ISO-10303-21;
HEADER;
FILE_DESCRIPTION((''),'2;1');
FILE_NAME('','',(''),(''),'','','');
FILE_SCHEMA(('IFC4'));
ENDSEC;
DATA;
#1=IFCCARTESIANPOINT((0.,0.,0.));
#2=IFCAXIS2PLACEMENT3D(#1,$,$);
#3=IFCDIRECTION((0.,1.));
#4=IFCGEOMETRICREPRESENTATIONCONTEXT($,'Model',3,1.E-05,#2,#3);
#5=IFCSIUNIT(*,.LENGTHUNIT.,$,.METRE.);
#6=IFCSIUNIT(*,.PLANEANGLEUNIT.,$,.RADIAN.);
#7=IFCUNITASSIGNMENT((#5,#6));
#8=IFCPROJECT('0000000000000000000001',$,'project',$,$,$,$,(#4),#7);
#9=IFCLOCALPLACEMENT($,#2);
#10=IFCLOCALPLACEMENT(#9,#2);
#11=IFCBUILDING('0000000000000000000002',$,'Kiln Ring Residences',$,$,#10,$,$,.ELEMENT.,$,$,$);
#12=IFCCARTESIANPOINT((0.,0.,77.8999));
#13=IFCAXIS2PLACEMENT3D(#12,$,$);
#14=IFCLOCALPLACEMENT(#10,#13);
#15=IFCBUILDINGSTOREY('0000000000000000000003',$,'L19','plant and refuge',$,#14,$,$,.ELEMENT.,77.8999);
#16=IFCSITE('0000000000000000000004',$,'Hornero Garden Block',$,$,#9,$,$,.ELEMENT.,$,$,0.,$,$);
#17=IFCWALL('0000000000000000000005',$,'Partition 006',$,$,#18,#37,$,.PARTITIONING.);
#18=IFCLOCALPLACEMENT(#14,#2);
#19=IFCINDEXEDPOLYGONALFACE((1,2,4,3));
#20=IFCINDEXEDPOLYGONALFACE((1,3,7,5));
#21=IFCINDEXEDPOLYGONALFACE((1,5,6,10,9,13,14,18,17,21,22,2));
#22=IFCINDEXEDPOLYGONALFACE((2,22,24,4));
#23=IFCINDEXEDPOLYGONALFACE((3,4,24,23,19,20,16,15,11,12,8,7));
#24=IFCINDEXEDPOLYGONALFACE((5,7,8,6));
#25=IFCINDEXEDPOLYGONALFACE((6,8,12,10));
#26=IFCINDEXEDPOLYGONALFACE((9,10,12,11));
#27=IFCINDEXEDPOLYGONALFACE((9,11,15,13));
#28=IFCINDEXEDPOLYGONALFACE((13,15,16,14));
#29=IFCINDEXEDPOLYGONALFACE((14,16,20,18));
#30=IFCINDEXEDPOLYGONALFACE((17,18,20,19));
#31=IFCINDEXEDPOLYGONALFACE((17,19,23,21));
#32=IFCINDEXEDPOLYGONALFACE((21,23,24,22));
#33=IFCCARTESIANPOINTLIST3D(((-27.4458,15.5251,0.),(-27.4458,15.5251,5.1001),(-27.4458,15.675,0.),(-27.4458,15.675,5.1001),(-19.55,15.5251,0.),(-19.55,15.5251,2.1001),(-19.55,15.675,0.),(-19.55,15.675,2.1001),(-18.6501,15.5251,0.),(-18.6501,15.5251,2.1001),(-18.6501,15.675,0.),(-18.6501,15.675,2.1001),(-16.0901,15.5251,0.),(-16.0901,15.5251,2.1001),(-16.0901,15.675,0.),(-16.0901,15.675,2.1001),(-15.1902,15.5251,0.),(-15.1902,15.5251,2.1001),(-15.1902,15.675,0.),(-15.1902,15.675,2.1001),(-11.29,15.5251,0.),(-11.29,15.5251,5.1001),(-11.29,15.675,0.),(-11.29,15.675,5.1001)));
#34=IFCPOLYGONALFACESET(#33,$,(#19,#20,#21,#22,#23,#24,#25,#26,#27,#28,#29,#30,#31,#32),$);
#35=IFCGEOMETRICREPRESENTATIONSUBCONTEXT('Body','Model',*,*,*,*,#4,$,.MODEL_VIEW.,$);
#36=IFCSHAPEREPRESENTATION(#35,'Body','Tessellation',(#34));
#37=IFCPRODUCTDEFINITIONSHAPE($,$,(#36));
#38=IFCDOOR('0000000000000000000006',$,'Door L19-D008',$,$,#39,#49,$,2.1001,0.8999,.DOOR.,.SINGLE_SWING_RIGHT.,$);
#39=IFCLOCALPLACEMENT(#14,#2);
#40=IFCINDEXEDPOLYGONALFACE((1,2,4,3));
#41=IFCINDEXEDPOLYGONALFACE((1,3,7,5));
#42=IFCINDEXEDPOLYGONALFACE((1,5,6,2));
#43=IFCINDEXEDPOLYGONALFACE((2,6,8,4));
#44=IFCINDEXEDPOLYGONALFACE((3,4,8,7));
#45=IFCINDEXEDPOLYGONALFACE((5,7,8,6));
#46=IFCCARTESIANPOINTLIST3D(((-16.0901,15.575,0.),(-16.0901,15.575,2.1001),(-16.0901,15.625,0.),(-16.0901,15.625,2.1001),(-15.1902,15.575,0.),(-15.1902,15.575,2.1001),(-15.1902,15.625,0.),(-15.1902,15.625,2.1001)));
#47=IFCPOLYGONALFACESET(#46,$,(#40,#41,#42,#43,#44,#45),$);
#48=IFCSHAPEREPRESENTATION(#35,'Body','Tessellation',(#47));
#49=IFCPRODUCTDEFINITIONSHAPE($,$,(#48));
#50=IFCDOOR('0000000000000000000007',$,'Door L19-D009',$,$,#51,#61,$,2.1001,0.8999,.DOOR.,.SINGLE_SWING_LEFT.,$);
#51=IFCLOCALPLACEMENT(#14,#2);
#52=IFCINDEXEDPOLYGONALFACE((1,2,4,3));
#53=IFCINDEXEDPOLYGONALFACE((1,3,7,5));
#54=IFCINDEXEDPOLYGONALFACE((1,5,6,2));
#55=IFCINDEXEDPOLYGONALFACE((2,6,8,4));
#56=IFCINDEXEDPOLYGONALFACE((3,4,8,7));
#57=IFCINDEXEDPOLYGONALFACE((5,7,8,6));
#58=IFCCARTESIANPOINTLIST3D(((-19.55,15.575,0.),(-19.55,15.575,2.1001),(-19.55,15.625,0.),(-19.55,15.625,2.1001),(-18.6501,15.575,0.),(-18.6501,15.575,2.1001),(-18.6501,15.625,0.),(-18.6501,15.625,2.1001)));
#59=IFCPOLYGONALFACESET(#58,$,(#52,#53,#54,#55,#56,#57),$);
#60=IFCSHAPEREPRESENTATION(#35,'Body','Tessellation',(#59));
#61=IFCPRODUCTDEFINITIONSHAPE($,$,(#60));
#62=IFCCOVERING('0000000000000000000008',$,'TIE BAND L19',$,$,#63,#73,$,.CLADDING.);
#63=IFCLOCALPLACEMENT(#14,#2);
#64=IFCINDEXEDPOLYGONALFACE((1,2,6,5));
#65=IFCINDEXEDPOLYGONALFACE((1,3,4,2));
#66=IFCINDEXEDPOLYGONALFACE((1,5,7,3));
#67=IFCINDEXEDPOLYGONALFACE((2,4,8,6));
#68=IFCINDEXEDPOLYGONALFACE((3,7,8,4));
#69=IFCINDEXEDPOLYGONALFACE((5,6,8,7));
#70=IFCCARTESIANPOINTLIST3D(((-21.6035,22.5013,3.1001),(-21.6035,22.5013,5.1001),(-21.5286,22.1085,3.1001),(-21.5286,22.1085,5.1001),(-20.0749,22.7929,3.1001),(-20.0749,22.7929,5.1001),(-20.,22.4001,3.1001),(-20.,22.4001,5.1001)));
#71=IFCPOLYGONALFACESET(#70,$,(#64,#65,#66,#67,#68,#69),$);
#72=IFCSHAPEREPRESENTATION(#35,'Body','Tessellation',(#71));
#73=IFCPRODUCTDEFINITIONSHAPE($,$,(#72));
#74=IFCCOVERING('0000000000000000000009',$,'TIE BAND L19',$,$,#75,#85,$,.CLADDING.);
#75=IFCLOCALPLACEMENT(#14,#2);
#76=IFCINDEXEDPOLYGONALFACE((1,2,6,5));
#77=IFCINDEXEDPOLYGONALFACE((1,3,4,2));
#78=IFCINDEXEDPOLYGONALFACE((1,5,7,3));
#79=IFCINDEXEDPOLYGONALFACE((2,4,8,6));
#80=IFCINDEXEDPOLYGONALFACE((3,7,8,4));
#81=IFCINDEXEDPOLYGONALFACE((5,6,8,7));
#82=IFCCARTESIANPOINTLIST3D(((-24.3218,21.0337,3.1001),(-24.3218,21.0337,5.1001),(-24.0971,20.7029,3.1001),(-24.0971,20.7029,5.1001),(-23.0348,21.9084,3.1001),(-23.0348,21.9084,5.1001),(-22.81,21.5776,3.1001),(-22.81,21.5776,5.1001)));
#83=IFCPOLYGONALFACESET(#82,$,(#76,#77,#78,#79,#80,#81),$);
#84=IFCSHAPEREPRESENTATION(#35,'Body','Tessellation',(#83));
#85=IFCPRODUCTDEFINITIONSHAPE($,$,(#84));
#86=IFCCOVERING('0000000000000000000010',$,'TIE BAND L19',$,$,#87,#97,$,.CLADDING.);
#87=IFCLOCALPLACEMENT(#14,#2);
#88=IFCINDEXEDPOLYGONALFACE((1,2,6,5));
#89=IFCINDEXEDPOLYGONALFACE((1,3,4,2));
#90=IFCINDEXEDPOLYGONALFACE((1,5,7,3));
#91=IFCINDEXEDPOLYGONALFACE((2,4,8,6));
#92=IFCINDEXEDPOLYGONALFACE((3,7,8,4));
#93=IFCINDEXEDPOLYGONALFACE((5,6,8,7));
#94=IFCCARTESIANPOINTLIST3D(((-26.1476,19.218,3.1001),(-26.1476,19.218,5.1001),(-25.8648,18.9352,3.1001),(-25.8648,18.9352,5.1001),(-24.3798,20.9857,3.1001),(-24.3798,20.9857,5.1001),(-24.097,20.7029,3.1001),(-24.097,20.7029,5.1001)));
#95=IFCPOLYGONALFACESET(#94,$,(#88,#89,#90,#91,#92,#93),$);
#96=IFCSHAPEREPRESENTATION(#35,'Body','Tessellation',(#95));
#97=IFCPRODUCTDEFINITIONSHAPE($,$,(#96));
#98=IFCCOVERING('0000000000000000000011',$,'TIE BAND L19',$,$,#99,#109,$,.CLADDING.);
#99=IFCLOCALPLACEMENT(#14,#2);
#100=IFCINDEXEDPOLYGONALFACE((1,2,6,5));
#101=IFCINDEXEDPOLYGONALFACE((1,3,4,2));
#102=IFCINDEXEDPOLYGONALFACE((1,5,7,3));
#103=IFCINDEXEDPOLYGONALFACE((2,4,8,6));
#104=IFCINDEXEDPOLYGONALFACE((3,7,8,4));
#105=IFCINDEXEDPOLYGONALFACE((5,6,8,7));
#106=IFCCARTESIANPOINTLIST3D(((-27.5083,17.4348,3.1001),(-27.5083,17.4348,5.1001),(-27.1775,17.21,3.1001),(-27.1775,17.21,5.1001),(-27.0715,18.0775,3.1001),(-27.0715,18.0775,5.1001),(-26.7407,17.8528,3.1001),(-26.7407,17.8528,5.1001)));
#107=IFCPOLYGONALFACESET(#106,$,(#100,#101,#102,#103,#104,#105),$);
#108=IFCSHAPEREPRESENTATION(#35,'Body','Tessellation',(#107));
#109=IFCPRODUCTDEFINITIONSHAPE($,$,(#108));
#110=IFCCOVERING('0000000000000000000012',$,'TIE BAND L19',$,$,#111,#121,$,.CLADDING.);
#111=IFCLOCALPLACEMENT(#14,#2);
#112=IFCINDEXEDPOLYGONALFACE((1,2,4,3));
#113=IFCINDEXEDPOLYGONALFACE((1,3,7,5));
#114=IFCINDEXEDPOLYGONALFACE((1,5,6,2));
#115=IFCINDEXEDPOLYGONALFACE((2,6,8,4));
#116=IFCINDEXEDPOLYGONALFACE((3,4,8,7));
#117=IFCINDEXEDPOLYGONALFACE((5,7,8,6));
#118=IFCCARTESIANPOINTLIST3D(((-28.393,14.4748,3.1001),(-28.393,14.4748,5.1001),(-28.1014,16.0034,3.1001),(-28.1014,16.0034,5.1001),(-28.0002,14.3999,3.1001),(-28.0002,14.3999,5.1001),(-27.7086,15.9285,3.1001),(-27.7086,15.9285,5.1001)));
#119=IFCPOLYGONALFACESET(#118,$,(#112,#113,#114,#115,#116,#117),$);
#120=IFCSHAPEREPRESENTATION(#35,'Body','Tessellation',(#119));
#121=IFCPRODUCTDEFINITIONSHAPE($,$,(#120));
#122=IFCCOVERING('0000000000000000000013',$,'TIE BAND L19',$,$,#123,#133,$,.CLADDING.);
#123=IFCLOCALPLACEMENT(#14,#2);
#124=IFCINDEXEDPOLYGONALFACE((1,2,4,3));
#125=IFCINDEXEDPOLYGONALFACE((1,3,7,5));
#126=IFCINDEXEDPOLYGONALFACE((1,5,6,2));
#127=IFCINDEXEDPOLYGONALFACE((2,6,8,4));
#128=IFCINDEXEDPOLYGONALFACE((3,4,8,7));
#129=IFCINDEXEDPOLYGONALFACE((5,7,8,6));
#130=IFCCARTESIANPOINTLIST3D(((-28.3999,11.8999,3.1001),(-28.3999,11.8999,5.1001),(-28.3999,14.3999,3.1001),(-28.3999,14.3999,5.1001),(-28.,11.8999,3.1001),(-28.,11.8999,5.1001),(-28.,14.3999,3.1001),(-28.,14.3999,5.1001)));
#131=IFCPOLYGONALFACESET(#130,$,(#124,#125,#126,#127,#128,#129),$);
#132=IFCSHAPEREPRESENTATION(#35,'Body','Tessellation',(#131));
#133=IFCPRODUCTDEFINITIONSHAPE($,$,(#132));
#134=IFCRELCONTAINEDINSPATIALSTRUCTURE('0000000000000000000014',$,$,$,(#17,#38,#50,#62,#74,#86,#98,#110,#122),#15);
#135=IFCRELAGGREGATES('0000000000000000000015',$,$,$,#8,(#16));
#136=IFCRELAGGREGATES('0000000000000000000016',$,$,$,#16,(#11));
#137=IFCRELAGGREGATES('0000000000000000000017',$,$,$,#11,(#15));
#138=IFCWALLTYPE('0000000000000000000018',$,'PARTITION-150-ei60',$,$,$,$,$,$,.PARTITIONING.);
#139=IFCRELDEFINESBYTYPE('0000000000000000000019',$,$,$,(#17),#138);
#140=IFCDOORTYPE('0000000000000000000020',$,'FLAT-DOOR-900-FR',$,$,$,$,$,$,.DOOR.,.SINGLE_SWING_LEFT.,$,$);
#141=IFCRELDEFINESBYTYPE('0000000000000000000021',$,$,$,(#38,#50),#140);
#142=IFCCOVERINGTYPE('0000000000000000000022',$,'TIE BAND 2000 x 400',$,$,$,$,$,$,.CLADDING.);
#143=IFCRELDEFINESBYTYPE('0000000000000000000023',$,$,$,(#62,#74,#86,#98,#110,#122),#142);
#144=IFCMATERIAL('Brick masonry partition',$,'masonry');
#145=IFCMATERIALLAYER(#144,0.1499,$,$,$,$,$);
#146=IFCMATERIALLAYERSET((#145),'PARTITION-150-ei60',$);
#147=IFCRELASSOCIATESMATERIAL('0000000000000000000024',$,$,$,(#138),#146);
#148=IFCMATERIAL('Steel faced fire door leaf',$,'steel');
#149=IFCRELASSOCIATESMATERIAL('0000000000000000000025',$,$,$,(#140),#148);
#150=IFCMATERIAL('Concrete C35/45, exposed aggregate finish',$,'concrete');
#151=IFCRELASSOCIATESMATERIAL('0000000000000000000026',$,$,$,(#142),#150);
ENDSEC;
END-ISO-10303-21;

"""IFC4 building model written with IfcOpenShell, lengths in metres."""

from ifc_helpers import new_model, si_unit, direction, frame, frame_2d, origin, origin_2d, place, context, subcontext, project, spatial, rectangle, extrude, material, layer, layer_set, type_object, element, fill, save


model = new_model("IFC4")

# Units and contexts
model_context = context("Model", 3, precision=1e-05, world=origin(), true_north=direction((0.0, 1.0)))
body_context = subcontext(model_context, "Body", "Model", "MODEL_VIEW")
ifc_project = project(units=[si_unit("LENGTHUNIT", "METRE"), si_unit("PLANEANGLEUNIT", "RADIAN")], contexts=[model_context])

# Site, building, storey
site_placement = place(None, origin())
site = spatial("IfcSite", under=ifc_project, at=site_placement, Name="Hornero Garden Block", CompositionType="ELEMENT", RefElevation=0.0)
building_placement = place(site_placement, origin())
building = spatial("IfcBuilding", under=site, at=building_placement, Name="Kiln Ring Residences", CompositionType="ELEMENT")
storey_placement = place(building_placement, frame((0.0, 0.0, 77.8999)))
storey = spatial("IfcBuildingStorey", under=building, at=storey_placement, Name="L19", Description="plant and refuge", CompositionType="ELEMENT", Elevation=77.8999)

# Wall, openings, doors
ifc_material_1 = material(Name="Brick masonry partition", Category="masonry")
ifc_layer_1 = layer(ifc_material_1, 0.1499)
ifc_layer_set_1 = layer_set([ifc_layer_1], Name="PARTITION-150-ei60")
wall_type_1 = type_object("IfcWallType", Name="PARTITION-150-ei60", PredefinedType="PARTITIONING", material=ifc_layer_set_1)
wall_1_placement = place(storey_placement, frame((-27.4458, 15.6001, 0.0), z_axis=(0.0, 0.0, 1.0), x_axis=(1.0, 0.0, 0.0)))
wall_1 = element("IfcWall", 1, at=wall_1_placement, inside=storey, type_object=wall_type_1, Name="Partition 006", PredefinedType="PARTITIONING", context=body_context, shape_type="SweptSolid", body=[
    extrude(rectangle(XDim=16.1558, YDim=0.1499, at=frame_2d((8.0779, 0.0))), origin(), (0.0, 0.0, 1.0), 5.1001),
])
opening_1_placement = place(wall_1_placement, frame((11.3557, 0.0, 0.0)))
opening_1 = element("IfcOpeningElement", 2, at=opening_1_placement, cuts=wall_1, PredefinedType="OPENING", context=body_context, shape_type="SweptSolid", body=[
    extrude(rectangle(XDim=0.8999, YDim=2.1001, at=frame_2d((0.45, 1.05))), frame((0.0, 0.085, 0.0), z_axis=(0.0, -1.0, 0.0), x_axis=(1.0, 0.0, 0.0)), (0.0, 0.0, 1.0), 0.1699),
])
opening_2_placement = place(wall_1_placement, frame((7.8958, 0.0, 0.0)))
opening_2 = element("IfcOpeningElement", 3, at=opening_2_placement, cuts=wall_1, PredefinedType="OPENING", context=body_context, shape_type="SweptSolid", body=[
    extrude(rectangle(XDim=0.8999, YDim=2.1001, at=frame_2d((0.45, 1.05))), frame((0.0, 0.085, 0.0), z_axis=(0.0, -1.0, 0.0), x_axis=(1.0, 0.0, 0.0)), (0.0, 0.0, 1.0), 0.1699),
])
ifc_material_2 = material(Name="Steel faced fire door leaf", Category="steel")
door_type = type_object("IfcDoorType", Name="FLAT-DOOR-900-FR", OperationType="SINGLE_SWING_LEFT", PredefinedType="DOOR", material=ifc_material_2)
door_1_placement = place(opening_1_placement, origin())
door_1 = element("IfcDoor", 4, at=door_1_placement, inside=storey, type_object=door_type, Name="Door L19-D008", OperationType="SINGLE_SWING_RIGHT", OverallHeight=2.1001, OverallWidth=0.8999, PredefinedType="DOOR", context=body_context, shape_type="SweptSolid", body=[
    extrude(rectangle(XDim=0.8999, YDim=2.1001, at=frame_2d((0.45, 1.05))), frame((0.0, 0.0249, 0.0), z_axis=(0.0, -1.0, 0.0), x_axis=(1.0, 0.0, 0.0)), (0.0, 0.0, 1.0), 0.05),
])
fill(opening_1, door_1)
door_2_placement = place(opening_2_placement, origin())
door_2 = element("IfcDoor", 5, at=door_2_placement, inside=storey, type_object=door_type, Name="Door L19-D009", OperationType="SINGLE_SWING_LEFT", OverallHeight=2.1001, OverallWidth=0.8999, PredefinedType="DOOR", context=body_context, shape_type="SweptSolid", body=[
    extrude(rectangle(XDim=0.8999, YDim=2.1001, at=frame_2d((0.45, 1.05))), frame((0.0, 0.0249, 0.0), z_axis=(0.0, -1.0, 0.0), x_axis=(1.0, 0.0, 0.0)), (0.0, 0.0, 1.0), 0.05),
])
fill(opening_2, door_2)

# Coverings
ifc_material_3 = material(Name="Concrete C35/45, exposed aggregate finish", Category="concrete")
covering_type = type_object("IfcCoveringType", Name="TIE BAND 2000 x 400", PredefinedType="CLADDING", material=ifc_material_3)
for number, where, z_axis, x_axis, name in (
    (6, (-20.8018, 22.4507, 3.1001), (0.0, 0.0, 1.0), (-0.98229, -0.187366, 0.0), "TIE BAND L19"),
    (7, (-23.5659, 21.3057, 3.1001), (0.0, 0.0, 1.0), (-0.827072, -0.562097, 0.0), "TIE BAND L19"),
):
    element("IfcCovering", number, at=place(storey_placement, frame(where, z_axis=z_axis, x_axis=x_axis)), inside=storey, type_object=covering_type, Name=name, PredefinedType="CLADDING", context=body_context, shape_type="SweptSolid", body=[
        extrude(rectangle(XDim=1.5562, YDim=0.3999, at=origin_2d()), origin(), (0.0, 0.0, 1.0), 2.0),
    ])
covering_1_placement = place(storey_placement, frame((-25.1223, 19.9604, 3.1001), z_axis=(0.0, 0.0, 1.0), x_axis=(-0.707107, -0.707107, 0.0)))
element("IfcCovering", 8, at=covering_1_placement, inside=storey, type_object=covering_type, Name="TIE BAND L19", PredefinedType="CLADDING", context=body_context, shape_type="SweptSolid", body=[
    extrude(rectangle(XDim=2.5, YDim=0.3999, at=origin_2d()), origin(), (0.0, 0.0, 1.0), 2.0),
])
covering_2_placement = place(storey_placement, frame((-27.1245, 17.6438, 3.1001), z_axis=(0.0, 0.0, 1.0), x_axis=(-0.562097, -0.827072, 0.0)))
element("IfcCovering", 9, at=covering_2_placement, inside=storey, type_object=covering_type, Name="TIE BAND L19", PredefinedType="CLADDING", context=body_context, shape_type="SweptSolid", body=[
    extrude(rectangle(XDim=0.7771, YDim=0.3999, at=origin_2d()), origin(), (0.0, 0.0, 1.0), 2.0),
])
covering_3_placement = place(storey_placement, frame((-28.0508, 15.2017, 3.1001), z_axis=(0.0, 0.0, 1.0), x_axis=(-0.187366, -0.98229, 0.0)))
element("IfcCovering", 10, at=covering_3_placement, inside=storey, type_object=covering_type, Name="TIE BAND L19", PredefinedType="CLADDING", context=body_context, shape_type="SweptSolid", body=[
    extrude(rectangle(XDim=1.5562, YDim=0.3999, at=origin_2d()), origin(), (0.0, 0.0, 1.0), 2.0),
])
covering_4_placement = place(storey_placement, frame((-28.2, 13.1499, 3.1001), z_axis=(0.0, 0.0, 1.0), x_axis=(0.0, -1.0, 0.0)))
element("IfcCovering", 11, at=covering_4_placement, inside=storey, type_object=covering_type, Name="TIE BAND L19", PredefinedType="CLADDING", context=body_context, shape_type="SweptSolid", body=[
    extrude(rectangle(XDim=2.5, YDim=0.3999, at=origin_2d()), origin(), (0.0, 0.0, 1.0), 2.0),
])

save(model, "model.ifc")
